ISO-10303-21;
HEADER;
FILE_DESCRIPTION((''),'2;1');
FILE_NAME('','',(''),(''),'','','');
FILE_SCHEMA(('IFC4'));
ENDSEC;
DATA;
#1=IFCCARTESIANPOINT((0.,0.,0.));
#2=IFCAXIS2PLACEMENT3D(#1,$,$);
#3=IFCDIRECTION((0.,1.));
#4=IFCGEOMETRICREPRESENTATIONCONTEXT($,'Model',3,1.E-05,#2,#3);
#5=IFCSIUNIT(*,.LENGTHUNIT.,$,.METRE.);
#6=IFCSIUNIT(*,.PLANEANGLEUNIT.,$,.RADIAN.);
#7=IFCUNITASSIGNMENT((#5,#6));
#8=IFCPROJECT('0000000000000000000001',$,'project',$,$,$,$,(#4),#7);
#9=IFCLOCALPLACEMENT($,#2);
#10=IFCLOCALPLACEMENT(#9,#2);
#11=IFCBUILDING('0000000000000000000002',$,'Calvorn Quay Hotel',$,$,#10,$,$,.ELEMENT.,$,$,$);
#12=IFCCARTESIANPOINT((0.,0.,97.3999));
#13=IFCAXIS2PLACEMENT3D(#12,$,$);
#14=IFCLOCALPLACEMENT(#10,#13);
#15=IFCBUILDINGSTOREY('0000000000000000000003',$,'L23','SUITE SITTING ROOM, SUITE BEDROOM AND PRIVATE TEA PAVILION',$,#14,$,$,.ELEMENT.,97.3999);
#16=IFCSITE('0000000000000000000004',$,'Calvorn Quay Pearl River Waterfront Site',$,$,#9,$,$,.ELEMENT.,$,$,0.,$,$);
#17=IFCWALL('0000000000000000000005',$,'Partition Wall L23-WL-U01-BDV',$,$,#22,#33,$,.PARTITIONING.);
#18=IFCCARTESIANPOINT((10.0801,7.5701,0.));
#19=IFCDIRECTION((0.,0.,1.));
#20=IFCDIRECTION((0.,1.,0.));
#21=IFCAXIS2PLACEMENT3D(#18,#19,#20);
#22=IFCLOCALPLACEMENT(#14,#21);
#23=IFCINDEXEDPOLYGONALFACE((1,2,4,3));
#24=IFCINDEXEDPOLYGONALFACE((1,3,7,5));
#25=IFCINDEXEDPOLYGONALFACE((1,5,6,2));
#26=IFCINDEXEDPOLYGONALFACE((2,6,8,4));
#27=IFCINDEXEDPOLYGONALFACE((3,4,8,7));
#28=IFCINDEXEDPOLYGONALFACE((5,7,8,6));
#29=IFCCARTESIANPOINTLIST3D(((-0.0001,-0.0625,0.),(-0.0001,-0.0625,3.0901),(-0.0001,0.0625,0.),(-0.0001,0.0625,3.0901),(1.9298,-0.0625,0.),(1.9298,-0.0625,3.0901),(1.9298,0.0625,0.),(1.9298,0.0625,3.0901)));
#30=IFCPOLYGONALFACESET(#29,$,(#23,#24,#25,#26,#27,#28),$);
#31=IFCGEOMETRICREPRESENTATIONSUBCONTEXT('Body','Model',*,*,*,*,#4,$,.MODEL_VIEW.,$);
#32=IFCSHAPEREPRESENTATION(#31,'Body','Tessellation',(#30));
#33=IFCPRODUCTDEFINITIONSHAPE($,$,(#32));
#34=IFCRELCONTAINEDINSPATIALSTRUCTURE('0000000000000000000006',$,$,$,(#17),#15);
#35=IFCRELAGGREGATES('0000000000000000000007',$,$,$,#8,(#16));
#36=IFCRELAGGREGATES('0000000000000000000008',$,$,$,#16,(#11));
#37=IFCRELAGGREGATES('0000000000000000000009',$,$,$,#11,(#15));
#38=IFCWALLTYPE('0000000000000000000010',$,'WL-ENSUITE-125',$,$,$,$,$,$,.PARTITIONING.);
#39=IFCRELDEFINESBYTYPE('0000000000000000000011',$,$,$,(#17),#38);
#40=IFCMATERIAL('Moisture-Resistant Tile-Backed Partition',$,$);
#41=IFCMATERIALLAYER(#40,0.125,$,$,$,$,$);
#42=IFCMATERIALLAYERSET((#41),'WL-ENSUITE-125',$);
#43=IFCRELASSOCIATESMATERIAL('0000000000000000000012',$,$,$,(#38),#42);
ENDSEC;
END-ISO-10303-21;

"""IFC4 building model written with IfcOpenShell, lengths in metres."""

from ifc_helpers import new_model, si_unit, direction, frame, frame_2d, origin, place, context, subcontext, project, spatial, rectangle, extrude, material, layer, layer_set, type_object, element, save


model = new_model("IFC4")

# Units and contexts
model_context = context("Model", 3, precision=1e-05, world=origin(), true_north=direction((0.0, 1.0)))
body_context = subcontext(model_context, "Body", "Model", "MODEL_VIEW")
ifc_project = project(units=[si_unit("LENGTHUNIT", "METRE"), si_unit("PLANEANGLEUNIT", "RADIAN")], contexts=[model_context])

# Site, building, storey
site_placement = place(None, origin())
site = spatial("IfcSite", under=ifc_project, at=site_placement, Name="Calvorn Quay Pearl River Waterfront Site", CompositionType="ELEMENT", RefElevation=0.0)
building_placement = place(site_placement, origin())
building = spatial("IfcBuilding", under=site, at=building_placement, Name="Calvorn Quay Hotel", CompositionType="ELEMENT")
storey_placement = place(building_placement, frame((0.0, 0.0, 97.3999)))
storey = spatial("IfcBuildingStorey", under=building, at=storey_placement, Name="L23", Description="SUITE SITTING ROOM, SUITE BEDROOM AND PRIVATE TEA PAVILION", CompositionType="ELEMENT", Elevation=97.3999)

# Wall
ifc_material_1 = material(Name="Moisture-Resistant Tile-Backed Partition")
ifc_layer_1 = layer(ifc_material_1, 0.125)
ifc_layer_set_1 = layer_set([ifc_layer_1], Name="WL-ENSUITE-125")
wall_type_1 = type_object("IfcWallType", Name="WL-ENSUITE-125", PredefinedType="PARTITIONING", material=ifc_layer_set_1)
wall_1_placement = place(storey_placement, frame((10.0801, 7.5701, 0.0), z_axis=(0.0, 0.0, 1.0), x_axis=(0.0, 1.0, 0.0)))
element("IfcWall", 1, at=wall_1_placement, inside=storey, type_object=wall_type_1, Name="Partition Wall L23-WL-U01-BDV", PredefinedType="PARTITIONING", context=body_context, shape_type="SweptSolid", body=[
    extrude(rectangle(XDim=1.9299, YDim=0.125, at=frame_2d((0.9648, 0.0))), origin(), (0.0, 0.0, 1.0), 3.0901),
])

save(model, "model.ifc")
